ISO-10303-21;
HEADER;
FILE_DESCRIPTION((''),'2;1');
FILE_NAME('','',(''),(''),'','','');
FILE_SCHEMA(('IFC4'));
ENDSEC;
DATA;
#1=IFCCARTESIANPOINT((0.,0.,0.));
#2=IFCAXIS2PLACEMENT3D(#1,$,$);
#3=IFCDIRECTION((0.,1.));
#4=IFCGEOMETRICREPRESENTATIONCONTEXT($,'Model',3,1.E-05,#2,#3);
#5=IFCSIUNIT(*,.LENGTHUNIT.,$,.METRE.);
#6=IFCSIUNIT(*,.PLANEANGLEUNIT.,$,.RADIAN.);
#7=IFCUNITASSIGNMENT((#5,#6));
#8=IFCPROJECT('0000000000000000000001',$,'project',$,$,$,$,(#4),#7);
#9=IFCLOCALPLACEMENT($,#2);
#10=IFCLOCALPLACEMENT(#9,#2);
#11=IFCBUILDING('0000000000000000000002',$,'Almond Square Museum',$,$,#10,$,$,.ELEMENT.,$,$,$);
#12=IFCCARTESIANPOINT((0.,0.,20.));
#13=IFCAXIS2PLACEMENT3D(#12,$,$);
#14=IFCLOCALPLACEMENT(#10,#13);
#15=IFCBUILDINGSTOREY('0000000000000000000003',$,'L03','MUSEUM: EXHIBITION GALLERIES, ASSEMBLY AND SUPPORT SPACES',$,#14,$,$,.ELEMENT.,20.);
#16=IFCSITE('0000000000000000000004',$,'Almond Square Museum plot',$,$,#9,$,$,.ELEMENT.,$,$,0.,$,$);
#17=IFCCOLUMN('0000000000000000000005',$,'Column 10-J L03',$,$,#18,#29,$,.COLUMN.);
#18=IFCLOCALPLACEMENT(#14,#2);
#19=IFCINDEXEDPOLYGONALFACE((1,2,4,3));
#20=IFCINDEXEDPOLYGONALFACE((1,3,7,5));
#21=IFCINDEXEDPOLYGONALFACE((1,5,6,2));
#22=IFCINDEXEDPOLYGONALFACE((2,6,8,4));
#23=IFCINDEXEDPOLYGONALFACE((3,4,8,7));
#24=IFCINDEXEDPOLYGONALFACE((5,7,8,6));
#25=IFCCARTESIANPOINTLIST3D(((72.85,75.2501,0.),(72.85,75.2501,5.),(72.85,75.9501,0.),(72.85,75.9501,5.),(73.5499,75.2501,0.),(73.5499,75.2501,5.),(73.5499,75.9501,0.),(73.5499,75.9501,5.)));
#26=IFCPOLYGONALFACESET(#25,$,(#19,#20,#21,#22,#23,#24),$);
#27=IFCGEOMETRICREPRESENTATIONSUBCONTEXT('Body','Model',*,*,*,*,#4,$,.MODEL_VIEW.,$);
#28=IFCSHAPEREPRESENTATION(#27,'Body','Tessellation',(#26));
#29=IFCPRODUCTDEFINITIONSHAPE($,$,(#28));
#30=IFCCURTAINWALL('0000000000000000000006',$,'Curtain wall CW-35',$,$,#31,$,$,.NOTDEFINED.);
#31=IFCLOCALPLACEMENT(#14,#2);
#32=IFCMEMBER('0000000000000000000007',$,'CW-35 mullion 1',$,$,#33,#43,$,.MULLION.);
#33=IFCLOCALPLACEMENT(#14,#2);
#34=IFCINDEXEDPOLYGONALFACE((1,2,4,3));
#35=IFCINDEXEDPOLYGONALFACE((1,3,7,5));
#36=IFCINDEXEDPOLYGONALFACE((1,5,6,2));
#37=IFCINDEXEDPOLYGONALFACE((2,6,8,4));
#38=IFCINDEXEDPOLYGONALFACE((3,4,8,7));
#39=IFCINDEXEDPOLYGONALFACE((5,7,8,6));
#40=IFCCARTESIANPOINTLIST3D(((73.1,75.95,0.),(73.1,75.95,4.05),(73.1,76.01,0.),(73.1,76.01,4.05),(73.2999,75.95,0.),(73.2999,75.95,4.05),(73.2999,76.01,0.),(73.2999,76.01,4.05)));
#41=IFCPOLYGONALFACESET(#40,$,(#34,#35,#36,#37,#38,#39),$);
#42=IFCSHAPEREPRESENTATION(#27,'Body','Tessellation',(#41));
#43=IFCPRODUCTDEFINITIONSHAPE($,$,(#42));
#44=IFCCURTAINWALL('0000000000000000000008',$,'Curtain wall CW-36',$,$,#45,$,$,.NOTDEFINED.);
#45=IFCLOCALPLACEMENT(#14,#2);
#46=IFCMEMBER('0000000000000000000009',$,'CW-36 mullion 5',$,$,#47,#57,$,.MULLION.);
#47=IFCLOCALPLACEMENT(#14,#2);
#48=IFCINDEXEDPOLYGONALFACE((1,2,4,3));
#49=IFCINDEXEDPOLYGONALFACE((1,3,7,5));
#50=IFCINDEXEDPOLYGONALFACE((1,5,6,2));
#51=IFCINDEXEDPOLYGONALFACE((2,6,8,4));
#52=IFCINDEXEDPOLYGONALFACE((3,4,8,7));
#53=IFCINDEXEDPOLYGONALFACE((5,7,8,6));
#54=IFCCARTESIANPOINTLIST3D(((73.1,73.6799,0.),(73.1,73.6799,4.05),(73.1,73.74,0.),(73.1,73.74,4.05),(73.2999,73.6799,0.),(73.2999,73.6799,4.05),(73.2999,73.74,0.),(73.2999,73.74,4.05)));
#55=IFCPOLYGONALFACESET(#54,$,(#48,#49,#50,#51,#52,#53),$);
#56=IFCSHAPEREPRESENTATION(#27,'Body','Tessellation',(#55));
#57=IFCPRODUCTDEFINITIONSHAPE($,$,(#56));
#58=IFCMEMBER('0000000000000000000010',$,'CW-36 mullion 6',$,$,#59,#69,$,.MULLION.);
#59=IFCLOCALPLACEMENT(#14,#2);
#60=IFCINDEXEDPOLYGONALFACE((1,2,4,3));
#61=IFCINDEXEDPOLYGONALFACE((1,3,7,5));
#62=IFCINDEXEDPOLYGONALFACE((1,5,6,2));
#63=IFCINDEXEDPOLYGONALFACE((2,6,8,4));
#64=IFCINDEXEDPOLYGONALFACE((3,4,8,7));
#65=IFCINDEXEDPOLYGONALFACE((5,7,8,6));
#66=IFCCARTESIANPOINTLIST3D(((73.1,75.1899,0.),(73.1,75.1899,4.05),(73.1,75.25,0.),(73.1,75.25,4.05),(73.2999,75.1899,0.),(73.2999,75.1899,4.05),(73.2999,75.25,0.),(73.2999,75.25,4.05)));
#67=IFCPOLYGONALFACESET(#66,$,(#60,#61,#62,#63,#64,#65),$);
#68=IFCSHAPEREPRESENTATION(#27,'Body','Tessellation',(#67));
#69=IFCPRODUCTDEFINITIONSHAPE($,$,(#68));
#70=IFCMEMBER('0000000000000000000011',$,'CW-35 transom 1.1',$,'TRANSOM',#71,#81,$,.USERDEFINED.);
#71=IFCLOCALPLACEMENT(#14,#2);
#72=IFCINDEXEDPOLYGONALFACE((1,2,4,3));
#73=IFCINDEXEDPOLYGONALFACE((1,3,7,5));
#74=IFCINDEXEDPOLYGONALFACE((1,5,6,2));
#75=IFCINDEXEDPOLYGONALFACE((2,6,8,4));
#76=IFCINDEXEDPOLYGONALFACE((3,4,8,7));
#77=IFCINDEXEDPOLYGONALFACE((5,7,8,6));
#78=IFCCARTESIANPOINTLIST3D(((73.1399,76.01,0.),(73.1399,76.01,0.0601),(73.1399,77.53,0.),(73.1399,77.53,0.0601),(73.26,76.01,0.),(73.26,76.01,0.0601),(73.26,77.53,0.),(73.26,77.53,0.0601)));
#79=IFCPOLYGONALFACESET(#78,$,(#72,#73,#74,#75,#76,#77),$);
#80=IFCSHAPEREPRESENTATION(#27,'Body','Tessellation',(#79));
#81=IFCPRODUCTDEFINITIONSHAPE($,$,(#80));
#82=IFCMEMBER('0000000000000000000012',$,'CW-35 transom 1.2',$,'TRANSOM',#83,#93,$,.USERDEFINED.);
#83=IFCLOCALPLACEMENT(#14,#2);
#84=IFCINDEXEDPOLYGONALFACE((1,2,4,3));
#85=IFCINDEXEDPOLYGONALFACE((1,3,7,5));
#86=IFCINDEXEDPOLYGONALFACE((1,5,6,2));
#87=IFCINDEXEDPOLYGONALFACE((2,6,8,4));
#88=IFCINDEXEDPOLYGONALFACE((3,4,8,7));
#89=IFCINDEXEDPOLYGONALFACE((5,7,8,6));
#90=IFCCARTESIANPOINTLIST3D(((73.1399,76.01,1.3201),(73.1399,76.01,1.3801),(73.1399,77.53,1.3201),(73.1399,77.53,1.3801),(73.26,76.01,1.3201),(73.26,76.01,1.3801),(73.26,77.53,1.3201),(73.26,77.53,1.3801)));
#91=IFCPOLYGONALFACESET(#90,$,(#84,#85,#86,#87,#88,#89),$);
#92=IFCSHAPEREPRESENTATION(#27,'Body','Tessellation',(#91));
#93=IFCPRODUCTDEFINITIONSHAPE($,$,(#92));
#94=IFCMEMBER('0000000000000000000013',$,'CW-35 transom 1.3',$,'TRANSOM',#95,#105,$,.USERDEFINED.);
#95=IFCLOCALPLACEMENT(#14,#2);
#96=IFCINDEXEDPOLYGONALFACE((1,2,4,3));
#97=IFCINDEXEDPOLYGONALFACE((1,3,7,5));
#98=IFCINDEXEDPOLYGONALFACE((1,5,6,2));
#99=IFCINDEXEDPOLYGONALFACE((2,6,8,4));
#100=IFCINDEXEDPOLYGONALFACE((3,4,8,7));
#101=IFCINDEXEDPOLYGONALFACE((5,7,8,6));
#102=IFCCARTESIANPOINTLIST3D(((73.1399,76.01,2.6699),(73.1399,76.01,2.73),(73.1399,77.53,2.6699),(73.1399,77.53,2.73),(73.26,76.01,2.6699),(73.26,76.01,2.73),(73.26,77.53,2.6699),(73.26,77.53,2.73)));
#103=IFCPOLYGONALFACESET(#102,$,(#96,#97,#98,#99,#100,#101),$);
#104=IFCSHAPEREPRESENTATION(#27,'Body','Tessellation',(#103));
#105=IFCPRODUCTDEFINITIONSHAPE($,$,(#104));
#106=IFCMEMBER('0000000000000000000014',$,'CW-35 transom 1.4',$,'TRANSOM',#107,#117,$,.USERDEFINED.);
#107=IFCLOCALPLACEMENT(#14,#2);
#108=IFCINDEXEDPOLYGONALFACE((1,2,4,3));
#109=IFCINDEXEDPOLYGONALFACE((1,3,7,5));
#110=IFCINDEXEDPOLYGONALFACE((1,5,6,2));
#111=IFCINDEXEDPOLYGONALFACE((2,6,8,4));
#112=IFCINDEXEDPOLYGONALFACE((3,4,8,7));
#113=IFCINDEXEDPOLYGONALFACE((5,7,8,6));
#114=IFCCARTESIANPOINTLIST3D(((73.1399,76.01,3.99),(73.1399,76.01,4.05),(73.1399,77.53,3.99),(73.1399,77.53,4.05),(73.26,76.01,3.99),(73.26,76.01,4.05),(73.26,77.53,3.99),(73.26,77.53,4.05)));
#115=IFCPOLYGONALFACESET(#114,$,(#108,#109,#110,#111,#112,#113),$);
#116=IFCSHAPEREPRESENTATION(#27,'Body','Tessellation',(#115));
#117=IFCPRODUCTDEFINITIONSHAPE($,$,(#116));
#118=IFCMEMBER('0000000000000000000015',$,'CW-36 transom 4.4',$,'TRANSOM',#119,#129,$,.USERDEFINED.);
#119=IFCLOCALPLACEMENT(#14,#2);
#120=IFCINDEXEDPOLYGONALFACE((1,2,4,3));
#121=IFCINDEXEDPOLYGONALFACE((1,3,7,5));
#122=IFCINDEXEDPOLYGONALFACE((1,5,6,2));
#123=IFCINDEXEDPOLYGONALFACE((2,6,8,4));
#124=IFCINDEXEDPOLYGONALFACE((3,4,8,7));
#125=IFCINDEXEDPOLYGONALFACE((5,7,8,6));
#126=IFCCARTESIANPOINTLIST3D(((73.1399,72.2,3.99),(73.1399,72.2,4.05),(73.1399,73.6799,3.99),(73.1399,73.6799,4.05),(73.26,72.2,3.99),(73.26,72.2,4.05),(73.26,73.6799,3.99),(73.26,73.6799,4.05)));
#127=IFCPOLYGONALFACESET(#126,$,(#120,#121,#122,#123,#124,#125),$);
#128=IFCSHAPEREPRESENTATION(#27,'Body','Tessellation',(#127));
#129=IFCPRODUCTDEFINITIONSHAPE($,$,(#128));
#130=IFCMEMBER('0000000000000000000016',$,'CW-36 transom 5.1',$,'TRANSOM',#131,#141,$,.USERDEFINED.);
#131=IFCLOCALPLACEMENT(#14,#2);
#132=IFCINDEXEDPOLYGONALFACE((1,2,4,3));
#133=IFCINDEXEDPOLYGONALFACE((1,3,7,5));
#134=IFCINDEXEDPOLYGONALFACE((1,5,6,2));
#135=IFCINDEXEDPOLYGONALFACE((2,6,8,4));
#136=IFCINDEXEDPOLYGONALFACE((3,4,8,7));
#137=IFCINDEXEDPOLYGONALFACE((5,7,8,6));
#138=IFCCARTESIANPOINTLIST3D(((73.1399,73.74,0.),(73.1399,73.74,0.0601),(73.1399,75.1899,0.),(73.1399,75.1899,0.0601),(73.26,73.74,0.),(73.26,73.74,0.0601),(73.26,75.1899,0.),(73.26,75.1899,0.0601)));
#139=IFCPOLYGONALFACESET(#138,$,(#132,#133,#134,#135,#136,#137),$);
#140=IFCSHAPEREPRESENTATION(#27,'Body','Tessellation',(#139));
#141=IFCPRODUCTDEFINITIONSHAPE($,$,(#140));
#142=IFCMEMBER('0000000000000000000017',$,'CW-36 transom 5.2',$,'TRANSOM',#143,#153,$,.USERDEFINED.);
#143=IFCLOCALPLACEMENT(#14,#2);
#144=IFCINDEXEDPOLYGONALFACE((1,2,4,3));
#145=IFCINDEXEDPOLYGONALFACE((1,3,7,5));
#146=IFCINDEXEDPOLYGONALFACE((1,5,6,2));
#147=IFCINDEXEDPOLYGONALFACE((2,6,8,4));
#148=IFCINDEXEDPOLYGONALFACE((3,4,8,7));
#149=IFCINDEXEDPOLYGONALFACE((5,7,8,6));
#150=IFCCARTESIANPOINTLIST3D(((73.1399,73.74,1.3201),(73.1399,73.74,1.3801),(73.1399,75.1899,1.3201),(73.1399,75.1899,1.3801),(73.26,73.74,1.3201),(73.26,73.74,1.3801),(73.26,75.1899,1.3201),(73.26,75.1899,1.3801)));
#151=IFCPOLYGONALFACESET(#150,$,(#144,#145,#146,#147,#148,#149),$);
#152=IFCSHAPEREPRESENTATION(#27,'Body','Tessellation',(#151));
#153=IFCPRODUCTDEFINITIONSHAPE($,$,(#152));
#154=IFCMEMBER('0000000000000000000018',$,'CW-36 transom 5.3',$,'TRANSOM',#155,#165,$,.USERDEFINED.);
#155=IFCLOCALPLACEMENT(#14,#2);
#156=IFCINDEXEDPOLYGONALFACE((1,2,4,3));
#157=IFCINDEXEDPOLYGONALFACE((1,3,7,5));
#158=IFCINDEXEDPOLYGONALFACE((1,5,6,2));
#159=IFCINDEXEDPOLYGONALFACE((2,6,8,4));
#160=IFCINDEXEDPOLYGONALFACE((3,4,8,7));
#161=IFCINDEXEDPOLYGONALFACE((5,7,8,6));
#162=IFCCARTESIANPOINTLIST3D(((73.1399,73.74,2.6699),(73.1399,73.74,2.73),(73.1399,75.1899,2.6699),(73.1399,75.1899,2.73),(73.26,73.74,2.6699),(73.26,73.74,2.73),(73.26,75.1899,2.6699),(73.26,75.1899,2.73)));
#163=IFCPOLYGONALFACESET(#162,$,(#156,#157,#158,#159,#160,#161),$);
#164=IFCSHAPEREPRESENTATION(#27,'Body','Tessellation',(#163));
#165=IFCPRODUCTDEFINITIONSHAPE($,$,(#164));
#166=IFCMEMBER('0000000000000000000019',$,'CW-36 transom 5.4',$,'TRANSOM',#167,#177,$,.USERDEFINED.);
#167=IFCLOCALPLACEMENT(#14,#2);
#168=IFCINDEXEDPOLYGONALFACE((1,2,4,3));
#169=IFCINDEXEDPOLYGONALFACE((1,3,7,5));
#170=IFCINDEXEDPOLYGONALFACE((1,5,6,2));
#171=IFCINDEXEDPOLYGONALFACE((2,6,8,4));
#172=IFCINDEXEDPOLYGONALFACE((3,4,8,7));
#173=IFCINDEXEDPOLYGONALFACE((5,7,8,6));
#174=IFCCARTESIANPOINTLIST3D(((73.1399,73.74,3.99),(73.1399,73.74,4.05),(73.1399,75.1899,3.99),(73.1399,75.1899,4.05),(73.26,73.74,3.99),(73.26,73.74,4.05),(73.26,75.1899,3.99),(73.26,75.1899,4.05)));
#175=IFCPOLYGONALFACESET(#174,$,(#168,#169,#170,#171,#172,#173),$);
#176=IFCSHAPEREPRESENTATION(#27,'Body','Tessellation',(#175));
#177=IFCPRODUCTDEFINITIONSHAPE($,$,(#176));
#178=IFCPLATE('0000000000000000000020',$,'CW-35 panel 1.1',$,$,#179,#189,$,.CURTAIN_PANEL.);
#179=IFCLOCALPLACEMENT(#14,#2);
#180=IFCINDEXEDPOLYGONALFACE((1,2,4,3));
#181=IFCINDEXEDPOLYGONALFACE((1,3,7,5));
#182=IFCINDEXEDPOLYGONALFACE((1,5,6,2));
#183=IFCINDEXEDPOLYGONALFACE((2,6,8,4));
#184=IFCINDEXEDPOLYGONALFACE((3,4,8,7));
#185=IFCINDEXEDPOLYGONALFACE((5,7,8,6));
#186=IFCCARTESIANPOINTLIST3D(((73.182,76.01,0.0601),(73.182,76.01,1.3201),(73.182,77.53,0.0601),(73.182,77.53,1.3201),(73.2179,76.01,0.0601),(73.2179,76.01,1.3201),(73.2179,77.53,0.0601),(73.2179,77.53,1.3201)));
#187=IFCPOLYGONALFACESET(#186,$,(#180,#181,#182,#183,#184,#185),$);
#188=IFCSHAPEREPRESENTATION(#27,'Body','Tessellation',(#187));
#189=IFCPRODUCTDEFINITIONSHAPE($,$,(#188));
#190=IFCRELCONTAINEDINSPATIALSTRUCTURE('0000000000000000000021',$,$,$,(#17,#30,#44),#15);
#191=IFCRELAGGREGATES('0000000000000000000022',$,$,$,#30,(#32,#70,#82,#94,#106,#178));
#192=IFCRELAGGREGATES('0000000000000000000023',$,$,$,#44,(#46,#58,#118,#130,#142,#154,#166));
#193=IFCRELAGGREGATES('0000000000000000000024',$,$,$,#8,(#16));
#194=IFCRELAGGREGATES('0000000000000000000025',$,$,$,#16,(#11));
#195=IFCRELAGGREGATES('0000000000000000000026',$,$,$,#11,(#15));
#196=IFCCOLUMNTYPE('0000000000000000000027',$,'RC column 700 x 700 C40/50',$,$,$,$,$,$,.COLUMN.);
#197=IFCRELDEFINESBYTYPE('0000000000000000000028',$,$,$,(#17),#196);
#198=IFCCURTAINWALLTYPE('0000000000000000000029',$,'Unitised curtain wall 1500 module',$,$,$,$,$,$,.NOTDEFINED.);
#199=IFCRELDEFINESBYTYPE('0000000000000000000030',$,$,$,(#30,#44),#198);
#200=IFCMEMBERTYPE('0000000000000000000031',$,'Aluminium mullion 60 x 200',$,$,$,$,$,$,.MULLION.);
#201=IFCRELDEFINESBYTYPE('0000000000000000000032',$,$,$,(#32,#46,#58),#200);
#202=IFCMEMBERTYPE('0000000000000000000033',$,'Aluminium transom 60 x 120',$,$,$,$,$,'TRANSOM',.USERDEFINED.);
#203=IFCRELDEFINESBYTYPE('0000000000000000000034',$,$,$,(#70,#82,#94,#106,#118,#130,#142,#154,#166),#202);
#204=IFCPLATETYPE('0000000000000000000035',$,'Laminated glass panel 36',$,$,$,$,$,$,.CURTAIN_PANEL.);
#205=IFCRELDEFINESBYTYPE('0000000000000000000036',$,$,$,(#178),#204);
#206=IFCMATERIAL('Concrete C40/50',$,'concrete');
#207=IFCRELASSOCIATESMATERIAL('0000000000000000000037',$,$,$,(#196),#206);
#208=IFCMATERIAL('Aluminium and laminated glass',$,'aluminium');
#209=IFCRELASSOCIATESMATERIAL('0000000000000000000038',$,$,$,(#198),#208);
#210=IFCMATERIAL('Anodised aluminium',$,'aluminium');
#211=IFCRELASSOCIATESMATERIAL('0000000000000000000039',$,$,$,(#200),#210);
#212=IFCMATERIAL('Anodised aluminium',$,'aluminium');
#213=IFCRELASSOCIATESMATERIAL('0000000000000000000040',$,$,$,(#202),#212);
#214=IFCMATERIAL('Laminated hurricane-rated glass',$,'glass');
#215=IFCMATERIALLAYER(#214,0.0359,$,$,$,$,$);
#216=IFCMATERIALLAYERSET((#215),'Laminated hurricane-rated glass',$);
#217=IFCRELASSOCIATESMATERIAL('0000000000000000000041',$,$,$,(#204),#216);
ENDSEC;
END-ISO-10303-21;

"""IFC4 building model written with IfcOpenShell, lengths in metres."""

from ifc_helpers import new_model, si_unit, direction, frame, origin, origin_2d, place, context, subcontext, project, spatial, rectangle, extrude, material, layer, layer_set, material_profile, profile_set, type_object, element, aggregate, save


model = new_model("IFC4")

# Units and contexts
model_context = context("Model", 3, precision=1e-05, world=origin(), true_north=direction((0.0, 1.0)))
body_context = subcontext(model_context, "Body", "Model", "MODEL_VIEW")
ifc_project = project(units=[si_unit("LENGTHUNIT", "METRE"), si_unit("PLANEANGLEUNIT", "RADIAN")], contexts=[model_context])

# Site, building, storey
site_placement = place(None, origin())
site = spatial("IfcSite", under=ifc_project, at=site_placement, Name="Almond Square Museum plot", CompositionType="ELEMENT", RefElevation=0.0)
building_placement = place(site_placement, origin())
building = spatial("IfcBuilding", under=site, at=building_placement, Name="Almond Square Museum", CompositionType="ELEMENT")
storey_placement = place(building_placement, frame((0.0, 0.0, 20.0)))
storey = spatial("IfcBuildingStorey", under=building, at=storey_placement, Name="L03", Description="MUSEUM: EXHIBITION GALLERIES, ASSEMBLY AND SUPPORT SPACES", CompositionType="ELEMENT", Elevation=20.0)

# Column
ifc_material_1 = material(Name="Concrete C40/50", Category="concrete")
ifc_material_profile_1 = material_profile(ifc_material_1, rectangle(XDim=0.7, YDim=0.7, at=origin_2d()))
ifc_profile_set_1 = profile_set([ifc_material_profile_1], Name="Concrete C40/50")
column_type = type_object("IfcColumnType", Name="RC column 700 x 700 C40/50", PredefinedType="COLUMN", material=ifc_profile_set_1)
column_placement = place(storey_placement, frame((73.2, 75.6001, 0.0), z_axis=(0.0, 0.0, 1.0), x_axis=(1.0, 0.0, 0.0)))
element("IfcColumn", 1, at=column_placement, inside=storey, type_object=column_type, Name="Column 10-J L03", PredefinedType="COLUMN", context=body_context, shape_type="SweptSolid", body=[
    extrude(rectangle(XDim=0.7, YDim=0.7, at=origin_2d()), origin(), (0.0, 0.0, 1.0), 5.0),
])

# Curtain wall, member
ifc_material_2 = material(Name="Aluminium and laminated glass", Category="aluminium")
curtain_wall_type = type_object("IfcCurtainWallType", Name="Unitised curtain wall 1500 module", PredefinedType="NOTDEFINED", material=ifc_material_2)
curtain_wall_1_placement = place(storey_placement, origin())
curtain_wall_1 = element("IfcCurtainWall", 2, at=curtain_wall_1_placement, inside=storey, type_object=curtain_wall_type, Name="Curtain wall CW-35", PredefinedType="NOTDEFINED")
ifc_material_3 = material(Name="Anodised aluminium", Category="aluminium")
ifc_material_profile_2 = material_profile(ifc_material_3, rectangle(XDim=0.2, YDim=0.0601, at=origin_2d()))
ifc_profile_set_2 = profile_set([ifc_material_profile_2], Name="Anodised aluminium")
member_type_1 = type_object("IfcMemberType", Name="Aluminium mullion 60 x 200", PredefinedType="MULLION", material=ifc_profile_set_2)
member_1_placement = place(storey_placement, frame((73.2, 75.98, 0.0), z_axis=(0.0, 0.0, 1.0), x_axis=(-1.0, 0.0, 0.0)))
member_1 = element("IfcMember", 3, at=member_1_placement, type_object=member_type_1, Name="CW-35 mullion 1", PredefinedType="MULLION", context=body_context, shape_type="SweptSolid", body=[
    extrude(rectangle(XDim=0.2, YDim=0.0601, at=origin_2d()), origin(), (0.0, 0.0, 1.0), 4.05),
])

# Curtain wall, members
curtain_wall_2_placement = place(storey_placement, origin())
curtain_wall_2 = element("IfcCurtainWall", 4, at=curtain_wall_2_placement, inside=storey, type_object=curtain_wall_type, Name="Curtain wall CW-36", PredefinedType="NOTDEFINED")
member_2_placement = place(storey_placement, frame((73.2, 73.71, 0.0), z_axis=(0.0, 0.0, 1.0), x_axis=(-1.0, 0.0, 0.0)))
member_2 = element("IfcMember", 5, at=member_2_placement, type_object=member_type_1, Name="CW-36 mullion 5", PredefinedType="MULLION", context=body_context, shape_type="SweptSolid", body=[
    extrude(rectangle(XDim=0.2, YDim=0.0601, at=origin_2d()), origin(), (0.0, 0.0, 1.0), 4.05),
])
member_3_placement = place(storey_placement, frame((73.2, 75.22, 0.0), z_axis=(0.0, 0.0, 1.0), x_axis=(-1.0, 0.0, 0.0)))
member_3 = element("IfcMember", 6, at=member_3_placement, type_object=member_type_1, Name="CW-36 mullion 6", PredefinedType="MULLION", context=body_context, shape_type="SweptSolid", body=[
    extrude(rectangle(XDim=0.2, YDim=0.0601, at=origin_2d()), origin(), (0.0, 0.0, 1.0), 4.05),
])

# Members
ifc_material_4 = material(Name="Anodised aluminium", Category="aluminium")
ifc_material_profile_3 = material_profile(ifc_material_4, rectangle(XDim=0.1201, YDim=0.0601, at=origin_2d()))
ifc_profile_set_3 = profile_set([ifc_material_profile_3], Name="Anodised aluminium")
member_type_2 = type_object("IfcMemberType", Name="Aluminium transom 60 x 120", ElementType="TRANSOM", PredefinedType="USERDEFINED", material=ifc_profile_set_3)
member_4_placement = place(storey_placement, frame((73.2, 76.01, 0.03), z_axis=(0.0, 1.0, 0.0), x_axis=(-1.0, 0.0, 0.0)))
member_4 = element("IfcMember", 7, at=member_4_placement, type_object=member_type_2, Name="CW-35 transom 1.1", ObjectType="TRANSOM", PredefinedType="USERDEFINED", context=body_context, shape_type="SweptSolid", body=[
    extrude(rectangle(XDim=0.1201, YDim=0.0601, at=origin_2d()), origin(), (0.0, 0.0, 1.0), 1.52),
])
member_5_placement = place(storey_placement, frame((73.2, 76.01, 1.3501), z_axis=(0.0, 1.0, 0.0), x_axis=(-1.0, 0.0, 0.0)))
member_5 = element("IfcMember", 8, at=member_5_placement, type_object=member_type_2, Name="CW-35 transom 1.2", ObjectType="TRANSOM", PredefinedType="USERDEFINED", context=body_context, shape_type="SweptSolid", body=[
    extrude(rectangle(XDim=0.1201, YDim=0.0601, at=origin_2d()), origin(), (0.0, 0.0, 1.0), 1.52),
])
member_6_placement = place(storey_placement, frame((73.2, 76.01, 2.7), z_axis=(0.0, 1.0, 0.0), x_axis=(-1.0, 0.0, 0.0)))
member_6 = element("IfcMember", 9, at=member_6_placement, type_object=member_type_2, Name="CW-35 transom 1.3", ObjectType="TRANSOM", PredefinedType="USERDEFINED", context=body_context, shape_type="SweptSolid", body=[
    extrude(rectangle(XDim=0.1201, YDim=0.0601, at=origin_2d()), origin(), (0.0, 0.0, 1.0), 1.52),
])
member_7_placement = place(storey_placement, frame((73.2, 76.01, 4.02), z_axis=(0.0, 1.0, 0.0), x_axis=(-1.0, 0.0, 0.0)))
member_7 = element("IfcMember", 10, at=member_7_placement, type_object=member_type_2, Name="CW-35 transom 1.4", ObjectType="TRANSOM", PredefinedType="USERDEFINED", context=body_context, shape_type="SweptSolid", body=[
    extrude(rectangle(XDim=0.1201, YDim=0.0601, at=origin_2d()), origin(), (0.0, 0.0, 1.0), 1.52),
])
member_8_placement = place(storey_placement, frame((73.2, 72.2, 4.02), z_axis=(0.0, 1.0, 0.0), x_axis=(-1.0, 0.0, 0.0)))
member_8 = element("IfcMember", 11, at=member_8_placement, type_object=member_type_2, Name="CW-36 transom 4.4", ObjectType="TRANSOM", PredefinedType="USERDEFINED", context=body_context, shape_type="SweptSolid", body=[
    extrude(rectangle(XDim=0.1201, YDim=0.0601, at=origin_2d()), origin(), (0.0, 0.0, 1.0), 1.48),
])
member_9_placement = place(storey_placement, frame((73.2, 73.74, 0.03), z_axis=(0.0, 1.0, 0.0), x_axis=(-1.0, 0.0, 0.0)))
member_9 = element("IfcMember", 12, at=member_9_placement, type_object=member_type_2, Name="CW-36 transom 5.1", ObjectType="TRANSOM", PredefinedType="USERDEFINED", context=body_context, shape_type="SweptSolid", body=[
    extrude(rectangle(XDim=0.1201, YDim=0.0601, at=origin_2d()), origin(), (0.0, 0.0, 1.0), 1.45),
])
member_10_placement = place(storey_placement, frame((73.2, 73.74, 1.3501), z_axis=(0.0, 1.0, 0.0), x_axis=(-1.0, 0.0, 0.0)))
member_10 = element("IfcMember", 13, at=member_10_placement, type_object=member_type_2, Name="CW-36 transom 5.2", ObjectType="TRANSOM", PredefinedType="USERDEFINED", context=body_context, shape_type="SweptSolid", body=[
    extrude(rectangle(XDim=0.1201, YDim=0.0601, at=origin_2d()), origin(), (0.0, 0.0, 1.0), 1.45),
])
member_11_placement = place(storey_placement, frame((73.2, 73.74, 2.7), z_axis=(0.0, 1.0, 0.0), x_axis=(-1.0, 0.0, 0.0)))
member_11 = element("IfcMember", 14, at=member_11_placement, type_object=member_type_2, Name="CW-36 transom 5.3", ObjectType="TRANSOM", PredefinedType="USERDEFINED", context=body_context, shape_type="SweptSolid", body=[
    extrude(rectangle(XDim=0.1201, YDim=0.0601, at=origin_2d()), origin(), (0.0, 0.0, 1.0), 1.45),
])
member_12_placement = place(storey_placement, frame((73.2, 73.74, 4.02), z_axis=(0.0, 1.0, 0.0), x_axis=(-1.0, 0.0, 0.0)))
member_12 = element("IfcMember", 15, at=member_12_placement, type_object=member_type_2, Name="CW-36 transom 5.4", ObjectType="TRANSOM", PredefinedType="USERDEFINED", context=body_context, shape_type="SweptSolid", body=[
    extrude(rectangle(XDim=0.1201, YDim=0.0601, at=origin_2d()), origin(), (0.0, 0.0, 1.0), 1.45),
])

# Plate
ifc_material_5 = material(Name="Laminated hurricane-rated glass", Category="glass")
ifc_layer = layer(ifc_material_5, 0.0359)
ifc_layer_set = layer_set([ifc_layer], Name="Laminated hurricane-rated glass")
plate_type = type_object("IfcPlateType", Name="Laminated glass panel 36", PredefinedType="CURTAIN_PANEL", material=ifc_layer_set)
plate_1_placement = place(storey_placement, frame((73.2, 76.77, 0.0601), z_axis=(0.0, 0.0, 1.0), x_axis=(0.0, 1.0, 0.0)))
plate_1 = element("IfcPlate", 16, at=plate_1_placement, type_object=plate_type, Name="CW-35 panel 1.1", PredefinedType="CURTAIN_PANEL", context=body_context, shape_type="SweptSolid", body=[
    extrude(rectangle(XDim=1.52, YDim=0.0359, at=origin_2d()), origin(), (0.0, 0.0, 1.0), 1.26),
])
aggregate(curtain_wall_1, [member_1, member_4, member_5, member_6, member_7, plate_1])
aggregate(curtain_wall_2, [member_2, member_3, member_8, member_9, member_10, member_11, member_12])

save(model, "model.ifc")
